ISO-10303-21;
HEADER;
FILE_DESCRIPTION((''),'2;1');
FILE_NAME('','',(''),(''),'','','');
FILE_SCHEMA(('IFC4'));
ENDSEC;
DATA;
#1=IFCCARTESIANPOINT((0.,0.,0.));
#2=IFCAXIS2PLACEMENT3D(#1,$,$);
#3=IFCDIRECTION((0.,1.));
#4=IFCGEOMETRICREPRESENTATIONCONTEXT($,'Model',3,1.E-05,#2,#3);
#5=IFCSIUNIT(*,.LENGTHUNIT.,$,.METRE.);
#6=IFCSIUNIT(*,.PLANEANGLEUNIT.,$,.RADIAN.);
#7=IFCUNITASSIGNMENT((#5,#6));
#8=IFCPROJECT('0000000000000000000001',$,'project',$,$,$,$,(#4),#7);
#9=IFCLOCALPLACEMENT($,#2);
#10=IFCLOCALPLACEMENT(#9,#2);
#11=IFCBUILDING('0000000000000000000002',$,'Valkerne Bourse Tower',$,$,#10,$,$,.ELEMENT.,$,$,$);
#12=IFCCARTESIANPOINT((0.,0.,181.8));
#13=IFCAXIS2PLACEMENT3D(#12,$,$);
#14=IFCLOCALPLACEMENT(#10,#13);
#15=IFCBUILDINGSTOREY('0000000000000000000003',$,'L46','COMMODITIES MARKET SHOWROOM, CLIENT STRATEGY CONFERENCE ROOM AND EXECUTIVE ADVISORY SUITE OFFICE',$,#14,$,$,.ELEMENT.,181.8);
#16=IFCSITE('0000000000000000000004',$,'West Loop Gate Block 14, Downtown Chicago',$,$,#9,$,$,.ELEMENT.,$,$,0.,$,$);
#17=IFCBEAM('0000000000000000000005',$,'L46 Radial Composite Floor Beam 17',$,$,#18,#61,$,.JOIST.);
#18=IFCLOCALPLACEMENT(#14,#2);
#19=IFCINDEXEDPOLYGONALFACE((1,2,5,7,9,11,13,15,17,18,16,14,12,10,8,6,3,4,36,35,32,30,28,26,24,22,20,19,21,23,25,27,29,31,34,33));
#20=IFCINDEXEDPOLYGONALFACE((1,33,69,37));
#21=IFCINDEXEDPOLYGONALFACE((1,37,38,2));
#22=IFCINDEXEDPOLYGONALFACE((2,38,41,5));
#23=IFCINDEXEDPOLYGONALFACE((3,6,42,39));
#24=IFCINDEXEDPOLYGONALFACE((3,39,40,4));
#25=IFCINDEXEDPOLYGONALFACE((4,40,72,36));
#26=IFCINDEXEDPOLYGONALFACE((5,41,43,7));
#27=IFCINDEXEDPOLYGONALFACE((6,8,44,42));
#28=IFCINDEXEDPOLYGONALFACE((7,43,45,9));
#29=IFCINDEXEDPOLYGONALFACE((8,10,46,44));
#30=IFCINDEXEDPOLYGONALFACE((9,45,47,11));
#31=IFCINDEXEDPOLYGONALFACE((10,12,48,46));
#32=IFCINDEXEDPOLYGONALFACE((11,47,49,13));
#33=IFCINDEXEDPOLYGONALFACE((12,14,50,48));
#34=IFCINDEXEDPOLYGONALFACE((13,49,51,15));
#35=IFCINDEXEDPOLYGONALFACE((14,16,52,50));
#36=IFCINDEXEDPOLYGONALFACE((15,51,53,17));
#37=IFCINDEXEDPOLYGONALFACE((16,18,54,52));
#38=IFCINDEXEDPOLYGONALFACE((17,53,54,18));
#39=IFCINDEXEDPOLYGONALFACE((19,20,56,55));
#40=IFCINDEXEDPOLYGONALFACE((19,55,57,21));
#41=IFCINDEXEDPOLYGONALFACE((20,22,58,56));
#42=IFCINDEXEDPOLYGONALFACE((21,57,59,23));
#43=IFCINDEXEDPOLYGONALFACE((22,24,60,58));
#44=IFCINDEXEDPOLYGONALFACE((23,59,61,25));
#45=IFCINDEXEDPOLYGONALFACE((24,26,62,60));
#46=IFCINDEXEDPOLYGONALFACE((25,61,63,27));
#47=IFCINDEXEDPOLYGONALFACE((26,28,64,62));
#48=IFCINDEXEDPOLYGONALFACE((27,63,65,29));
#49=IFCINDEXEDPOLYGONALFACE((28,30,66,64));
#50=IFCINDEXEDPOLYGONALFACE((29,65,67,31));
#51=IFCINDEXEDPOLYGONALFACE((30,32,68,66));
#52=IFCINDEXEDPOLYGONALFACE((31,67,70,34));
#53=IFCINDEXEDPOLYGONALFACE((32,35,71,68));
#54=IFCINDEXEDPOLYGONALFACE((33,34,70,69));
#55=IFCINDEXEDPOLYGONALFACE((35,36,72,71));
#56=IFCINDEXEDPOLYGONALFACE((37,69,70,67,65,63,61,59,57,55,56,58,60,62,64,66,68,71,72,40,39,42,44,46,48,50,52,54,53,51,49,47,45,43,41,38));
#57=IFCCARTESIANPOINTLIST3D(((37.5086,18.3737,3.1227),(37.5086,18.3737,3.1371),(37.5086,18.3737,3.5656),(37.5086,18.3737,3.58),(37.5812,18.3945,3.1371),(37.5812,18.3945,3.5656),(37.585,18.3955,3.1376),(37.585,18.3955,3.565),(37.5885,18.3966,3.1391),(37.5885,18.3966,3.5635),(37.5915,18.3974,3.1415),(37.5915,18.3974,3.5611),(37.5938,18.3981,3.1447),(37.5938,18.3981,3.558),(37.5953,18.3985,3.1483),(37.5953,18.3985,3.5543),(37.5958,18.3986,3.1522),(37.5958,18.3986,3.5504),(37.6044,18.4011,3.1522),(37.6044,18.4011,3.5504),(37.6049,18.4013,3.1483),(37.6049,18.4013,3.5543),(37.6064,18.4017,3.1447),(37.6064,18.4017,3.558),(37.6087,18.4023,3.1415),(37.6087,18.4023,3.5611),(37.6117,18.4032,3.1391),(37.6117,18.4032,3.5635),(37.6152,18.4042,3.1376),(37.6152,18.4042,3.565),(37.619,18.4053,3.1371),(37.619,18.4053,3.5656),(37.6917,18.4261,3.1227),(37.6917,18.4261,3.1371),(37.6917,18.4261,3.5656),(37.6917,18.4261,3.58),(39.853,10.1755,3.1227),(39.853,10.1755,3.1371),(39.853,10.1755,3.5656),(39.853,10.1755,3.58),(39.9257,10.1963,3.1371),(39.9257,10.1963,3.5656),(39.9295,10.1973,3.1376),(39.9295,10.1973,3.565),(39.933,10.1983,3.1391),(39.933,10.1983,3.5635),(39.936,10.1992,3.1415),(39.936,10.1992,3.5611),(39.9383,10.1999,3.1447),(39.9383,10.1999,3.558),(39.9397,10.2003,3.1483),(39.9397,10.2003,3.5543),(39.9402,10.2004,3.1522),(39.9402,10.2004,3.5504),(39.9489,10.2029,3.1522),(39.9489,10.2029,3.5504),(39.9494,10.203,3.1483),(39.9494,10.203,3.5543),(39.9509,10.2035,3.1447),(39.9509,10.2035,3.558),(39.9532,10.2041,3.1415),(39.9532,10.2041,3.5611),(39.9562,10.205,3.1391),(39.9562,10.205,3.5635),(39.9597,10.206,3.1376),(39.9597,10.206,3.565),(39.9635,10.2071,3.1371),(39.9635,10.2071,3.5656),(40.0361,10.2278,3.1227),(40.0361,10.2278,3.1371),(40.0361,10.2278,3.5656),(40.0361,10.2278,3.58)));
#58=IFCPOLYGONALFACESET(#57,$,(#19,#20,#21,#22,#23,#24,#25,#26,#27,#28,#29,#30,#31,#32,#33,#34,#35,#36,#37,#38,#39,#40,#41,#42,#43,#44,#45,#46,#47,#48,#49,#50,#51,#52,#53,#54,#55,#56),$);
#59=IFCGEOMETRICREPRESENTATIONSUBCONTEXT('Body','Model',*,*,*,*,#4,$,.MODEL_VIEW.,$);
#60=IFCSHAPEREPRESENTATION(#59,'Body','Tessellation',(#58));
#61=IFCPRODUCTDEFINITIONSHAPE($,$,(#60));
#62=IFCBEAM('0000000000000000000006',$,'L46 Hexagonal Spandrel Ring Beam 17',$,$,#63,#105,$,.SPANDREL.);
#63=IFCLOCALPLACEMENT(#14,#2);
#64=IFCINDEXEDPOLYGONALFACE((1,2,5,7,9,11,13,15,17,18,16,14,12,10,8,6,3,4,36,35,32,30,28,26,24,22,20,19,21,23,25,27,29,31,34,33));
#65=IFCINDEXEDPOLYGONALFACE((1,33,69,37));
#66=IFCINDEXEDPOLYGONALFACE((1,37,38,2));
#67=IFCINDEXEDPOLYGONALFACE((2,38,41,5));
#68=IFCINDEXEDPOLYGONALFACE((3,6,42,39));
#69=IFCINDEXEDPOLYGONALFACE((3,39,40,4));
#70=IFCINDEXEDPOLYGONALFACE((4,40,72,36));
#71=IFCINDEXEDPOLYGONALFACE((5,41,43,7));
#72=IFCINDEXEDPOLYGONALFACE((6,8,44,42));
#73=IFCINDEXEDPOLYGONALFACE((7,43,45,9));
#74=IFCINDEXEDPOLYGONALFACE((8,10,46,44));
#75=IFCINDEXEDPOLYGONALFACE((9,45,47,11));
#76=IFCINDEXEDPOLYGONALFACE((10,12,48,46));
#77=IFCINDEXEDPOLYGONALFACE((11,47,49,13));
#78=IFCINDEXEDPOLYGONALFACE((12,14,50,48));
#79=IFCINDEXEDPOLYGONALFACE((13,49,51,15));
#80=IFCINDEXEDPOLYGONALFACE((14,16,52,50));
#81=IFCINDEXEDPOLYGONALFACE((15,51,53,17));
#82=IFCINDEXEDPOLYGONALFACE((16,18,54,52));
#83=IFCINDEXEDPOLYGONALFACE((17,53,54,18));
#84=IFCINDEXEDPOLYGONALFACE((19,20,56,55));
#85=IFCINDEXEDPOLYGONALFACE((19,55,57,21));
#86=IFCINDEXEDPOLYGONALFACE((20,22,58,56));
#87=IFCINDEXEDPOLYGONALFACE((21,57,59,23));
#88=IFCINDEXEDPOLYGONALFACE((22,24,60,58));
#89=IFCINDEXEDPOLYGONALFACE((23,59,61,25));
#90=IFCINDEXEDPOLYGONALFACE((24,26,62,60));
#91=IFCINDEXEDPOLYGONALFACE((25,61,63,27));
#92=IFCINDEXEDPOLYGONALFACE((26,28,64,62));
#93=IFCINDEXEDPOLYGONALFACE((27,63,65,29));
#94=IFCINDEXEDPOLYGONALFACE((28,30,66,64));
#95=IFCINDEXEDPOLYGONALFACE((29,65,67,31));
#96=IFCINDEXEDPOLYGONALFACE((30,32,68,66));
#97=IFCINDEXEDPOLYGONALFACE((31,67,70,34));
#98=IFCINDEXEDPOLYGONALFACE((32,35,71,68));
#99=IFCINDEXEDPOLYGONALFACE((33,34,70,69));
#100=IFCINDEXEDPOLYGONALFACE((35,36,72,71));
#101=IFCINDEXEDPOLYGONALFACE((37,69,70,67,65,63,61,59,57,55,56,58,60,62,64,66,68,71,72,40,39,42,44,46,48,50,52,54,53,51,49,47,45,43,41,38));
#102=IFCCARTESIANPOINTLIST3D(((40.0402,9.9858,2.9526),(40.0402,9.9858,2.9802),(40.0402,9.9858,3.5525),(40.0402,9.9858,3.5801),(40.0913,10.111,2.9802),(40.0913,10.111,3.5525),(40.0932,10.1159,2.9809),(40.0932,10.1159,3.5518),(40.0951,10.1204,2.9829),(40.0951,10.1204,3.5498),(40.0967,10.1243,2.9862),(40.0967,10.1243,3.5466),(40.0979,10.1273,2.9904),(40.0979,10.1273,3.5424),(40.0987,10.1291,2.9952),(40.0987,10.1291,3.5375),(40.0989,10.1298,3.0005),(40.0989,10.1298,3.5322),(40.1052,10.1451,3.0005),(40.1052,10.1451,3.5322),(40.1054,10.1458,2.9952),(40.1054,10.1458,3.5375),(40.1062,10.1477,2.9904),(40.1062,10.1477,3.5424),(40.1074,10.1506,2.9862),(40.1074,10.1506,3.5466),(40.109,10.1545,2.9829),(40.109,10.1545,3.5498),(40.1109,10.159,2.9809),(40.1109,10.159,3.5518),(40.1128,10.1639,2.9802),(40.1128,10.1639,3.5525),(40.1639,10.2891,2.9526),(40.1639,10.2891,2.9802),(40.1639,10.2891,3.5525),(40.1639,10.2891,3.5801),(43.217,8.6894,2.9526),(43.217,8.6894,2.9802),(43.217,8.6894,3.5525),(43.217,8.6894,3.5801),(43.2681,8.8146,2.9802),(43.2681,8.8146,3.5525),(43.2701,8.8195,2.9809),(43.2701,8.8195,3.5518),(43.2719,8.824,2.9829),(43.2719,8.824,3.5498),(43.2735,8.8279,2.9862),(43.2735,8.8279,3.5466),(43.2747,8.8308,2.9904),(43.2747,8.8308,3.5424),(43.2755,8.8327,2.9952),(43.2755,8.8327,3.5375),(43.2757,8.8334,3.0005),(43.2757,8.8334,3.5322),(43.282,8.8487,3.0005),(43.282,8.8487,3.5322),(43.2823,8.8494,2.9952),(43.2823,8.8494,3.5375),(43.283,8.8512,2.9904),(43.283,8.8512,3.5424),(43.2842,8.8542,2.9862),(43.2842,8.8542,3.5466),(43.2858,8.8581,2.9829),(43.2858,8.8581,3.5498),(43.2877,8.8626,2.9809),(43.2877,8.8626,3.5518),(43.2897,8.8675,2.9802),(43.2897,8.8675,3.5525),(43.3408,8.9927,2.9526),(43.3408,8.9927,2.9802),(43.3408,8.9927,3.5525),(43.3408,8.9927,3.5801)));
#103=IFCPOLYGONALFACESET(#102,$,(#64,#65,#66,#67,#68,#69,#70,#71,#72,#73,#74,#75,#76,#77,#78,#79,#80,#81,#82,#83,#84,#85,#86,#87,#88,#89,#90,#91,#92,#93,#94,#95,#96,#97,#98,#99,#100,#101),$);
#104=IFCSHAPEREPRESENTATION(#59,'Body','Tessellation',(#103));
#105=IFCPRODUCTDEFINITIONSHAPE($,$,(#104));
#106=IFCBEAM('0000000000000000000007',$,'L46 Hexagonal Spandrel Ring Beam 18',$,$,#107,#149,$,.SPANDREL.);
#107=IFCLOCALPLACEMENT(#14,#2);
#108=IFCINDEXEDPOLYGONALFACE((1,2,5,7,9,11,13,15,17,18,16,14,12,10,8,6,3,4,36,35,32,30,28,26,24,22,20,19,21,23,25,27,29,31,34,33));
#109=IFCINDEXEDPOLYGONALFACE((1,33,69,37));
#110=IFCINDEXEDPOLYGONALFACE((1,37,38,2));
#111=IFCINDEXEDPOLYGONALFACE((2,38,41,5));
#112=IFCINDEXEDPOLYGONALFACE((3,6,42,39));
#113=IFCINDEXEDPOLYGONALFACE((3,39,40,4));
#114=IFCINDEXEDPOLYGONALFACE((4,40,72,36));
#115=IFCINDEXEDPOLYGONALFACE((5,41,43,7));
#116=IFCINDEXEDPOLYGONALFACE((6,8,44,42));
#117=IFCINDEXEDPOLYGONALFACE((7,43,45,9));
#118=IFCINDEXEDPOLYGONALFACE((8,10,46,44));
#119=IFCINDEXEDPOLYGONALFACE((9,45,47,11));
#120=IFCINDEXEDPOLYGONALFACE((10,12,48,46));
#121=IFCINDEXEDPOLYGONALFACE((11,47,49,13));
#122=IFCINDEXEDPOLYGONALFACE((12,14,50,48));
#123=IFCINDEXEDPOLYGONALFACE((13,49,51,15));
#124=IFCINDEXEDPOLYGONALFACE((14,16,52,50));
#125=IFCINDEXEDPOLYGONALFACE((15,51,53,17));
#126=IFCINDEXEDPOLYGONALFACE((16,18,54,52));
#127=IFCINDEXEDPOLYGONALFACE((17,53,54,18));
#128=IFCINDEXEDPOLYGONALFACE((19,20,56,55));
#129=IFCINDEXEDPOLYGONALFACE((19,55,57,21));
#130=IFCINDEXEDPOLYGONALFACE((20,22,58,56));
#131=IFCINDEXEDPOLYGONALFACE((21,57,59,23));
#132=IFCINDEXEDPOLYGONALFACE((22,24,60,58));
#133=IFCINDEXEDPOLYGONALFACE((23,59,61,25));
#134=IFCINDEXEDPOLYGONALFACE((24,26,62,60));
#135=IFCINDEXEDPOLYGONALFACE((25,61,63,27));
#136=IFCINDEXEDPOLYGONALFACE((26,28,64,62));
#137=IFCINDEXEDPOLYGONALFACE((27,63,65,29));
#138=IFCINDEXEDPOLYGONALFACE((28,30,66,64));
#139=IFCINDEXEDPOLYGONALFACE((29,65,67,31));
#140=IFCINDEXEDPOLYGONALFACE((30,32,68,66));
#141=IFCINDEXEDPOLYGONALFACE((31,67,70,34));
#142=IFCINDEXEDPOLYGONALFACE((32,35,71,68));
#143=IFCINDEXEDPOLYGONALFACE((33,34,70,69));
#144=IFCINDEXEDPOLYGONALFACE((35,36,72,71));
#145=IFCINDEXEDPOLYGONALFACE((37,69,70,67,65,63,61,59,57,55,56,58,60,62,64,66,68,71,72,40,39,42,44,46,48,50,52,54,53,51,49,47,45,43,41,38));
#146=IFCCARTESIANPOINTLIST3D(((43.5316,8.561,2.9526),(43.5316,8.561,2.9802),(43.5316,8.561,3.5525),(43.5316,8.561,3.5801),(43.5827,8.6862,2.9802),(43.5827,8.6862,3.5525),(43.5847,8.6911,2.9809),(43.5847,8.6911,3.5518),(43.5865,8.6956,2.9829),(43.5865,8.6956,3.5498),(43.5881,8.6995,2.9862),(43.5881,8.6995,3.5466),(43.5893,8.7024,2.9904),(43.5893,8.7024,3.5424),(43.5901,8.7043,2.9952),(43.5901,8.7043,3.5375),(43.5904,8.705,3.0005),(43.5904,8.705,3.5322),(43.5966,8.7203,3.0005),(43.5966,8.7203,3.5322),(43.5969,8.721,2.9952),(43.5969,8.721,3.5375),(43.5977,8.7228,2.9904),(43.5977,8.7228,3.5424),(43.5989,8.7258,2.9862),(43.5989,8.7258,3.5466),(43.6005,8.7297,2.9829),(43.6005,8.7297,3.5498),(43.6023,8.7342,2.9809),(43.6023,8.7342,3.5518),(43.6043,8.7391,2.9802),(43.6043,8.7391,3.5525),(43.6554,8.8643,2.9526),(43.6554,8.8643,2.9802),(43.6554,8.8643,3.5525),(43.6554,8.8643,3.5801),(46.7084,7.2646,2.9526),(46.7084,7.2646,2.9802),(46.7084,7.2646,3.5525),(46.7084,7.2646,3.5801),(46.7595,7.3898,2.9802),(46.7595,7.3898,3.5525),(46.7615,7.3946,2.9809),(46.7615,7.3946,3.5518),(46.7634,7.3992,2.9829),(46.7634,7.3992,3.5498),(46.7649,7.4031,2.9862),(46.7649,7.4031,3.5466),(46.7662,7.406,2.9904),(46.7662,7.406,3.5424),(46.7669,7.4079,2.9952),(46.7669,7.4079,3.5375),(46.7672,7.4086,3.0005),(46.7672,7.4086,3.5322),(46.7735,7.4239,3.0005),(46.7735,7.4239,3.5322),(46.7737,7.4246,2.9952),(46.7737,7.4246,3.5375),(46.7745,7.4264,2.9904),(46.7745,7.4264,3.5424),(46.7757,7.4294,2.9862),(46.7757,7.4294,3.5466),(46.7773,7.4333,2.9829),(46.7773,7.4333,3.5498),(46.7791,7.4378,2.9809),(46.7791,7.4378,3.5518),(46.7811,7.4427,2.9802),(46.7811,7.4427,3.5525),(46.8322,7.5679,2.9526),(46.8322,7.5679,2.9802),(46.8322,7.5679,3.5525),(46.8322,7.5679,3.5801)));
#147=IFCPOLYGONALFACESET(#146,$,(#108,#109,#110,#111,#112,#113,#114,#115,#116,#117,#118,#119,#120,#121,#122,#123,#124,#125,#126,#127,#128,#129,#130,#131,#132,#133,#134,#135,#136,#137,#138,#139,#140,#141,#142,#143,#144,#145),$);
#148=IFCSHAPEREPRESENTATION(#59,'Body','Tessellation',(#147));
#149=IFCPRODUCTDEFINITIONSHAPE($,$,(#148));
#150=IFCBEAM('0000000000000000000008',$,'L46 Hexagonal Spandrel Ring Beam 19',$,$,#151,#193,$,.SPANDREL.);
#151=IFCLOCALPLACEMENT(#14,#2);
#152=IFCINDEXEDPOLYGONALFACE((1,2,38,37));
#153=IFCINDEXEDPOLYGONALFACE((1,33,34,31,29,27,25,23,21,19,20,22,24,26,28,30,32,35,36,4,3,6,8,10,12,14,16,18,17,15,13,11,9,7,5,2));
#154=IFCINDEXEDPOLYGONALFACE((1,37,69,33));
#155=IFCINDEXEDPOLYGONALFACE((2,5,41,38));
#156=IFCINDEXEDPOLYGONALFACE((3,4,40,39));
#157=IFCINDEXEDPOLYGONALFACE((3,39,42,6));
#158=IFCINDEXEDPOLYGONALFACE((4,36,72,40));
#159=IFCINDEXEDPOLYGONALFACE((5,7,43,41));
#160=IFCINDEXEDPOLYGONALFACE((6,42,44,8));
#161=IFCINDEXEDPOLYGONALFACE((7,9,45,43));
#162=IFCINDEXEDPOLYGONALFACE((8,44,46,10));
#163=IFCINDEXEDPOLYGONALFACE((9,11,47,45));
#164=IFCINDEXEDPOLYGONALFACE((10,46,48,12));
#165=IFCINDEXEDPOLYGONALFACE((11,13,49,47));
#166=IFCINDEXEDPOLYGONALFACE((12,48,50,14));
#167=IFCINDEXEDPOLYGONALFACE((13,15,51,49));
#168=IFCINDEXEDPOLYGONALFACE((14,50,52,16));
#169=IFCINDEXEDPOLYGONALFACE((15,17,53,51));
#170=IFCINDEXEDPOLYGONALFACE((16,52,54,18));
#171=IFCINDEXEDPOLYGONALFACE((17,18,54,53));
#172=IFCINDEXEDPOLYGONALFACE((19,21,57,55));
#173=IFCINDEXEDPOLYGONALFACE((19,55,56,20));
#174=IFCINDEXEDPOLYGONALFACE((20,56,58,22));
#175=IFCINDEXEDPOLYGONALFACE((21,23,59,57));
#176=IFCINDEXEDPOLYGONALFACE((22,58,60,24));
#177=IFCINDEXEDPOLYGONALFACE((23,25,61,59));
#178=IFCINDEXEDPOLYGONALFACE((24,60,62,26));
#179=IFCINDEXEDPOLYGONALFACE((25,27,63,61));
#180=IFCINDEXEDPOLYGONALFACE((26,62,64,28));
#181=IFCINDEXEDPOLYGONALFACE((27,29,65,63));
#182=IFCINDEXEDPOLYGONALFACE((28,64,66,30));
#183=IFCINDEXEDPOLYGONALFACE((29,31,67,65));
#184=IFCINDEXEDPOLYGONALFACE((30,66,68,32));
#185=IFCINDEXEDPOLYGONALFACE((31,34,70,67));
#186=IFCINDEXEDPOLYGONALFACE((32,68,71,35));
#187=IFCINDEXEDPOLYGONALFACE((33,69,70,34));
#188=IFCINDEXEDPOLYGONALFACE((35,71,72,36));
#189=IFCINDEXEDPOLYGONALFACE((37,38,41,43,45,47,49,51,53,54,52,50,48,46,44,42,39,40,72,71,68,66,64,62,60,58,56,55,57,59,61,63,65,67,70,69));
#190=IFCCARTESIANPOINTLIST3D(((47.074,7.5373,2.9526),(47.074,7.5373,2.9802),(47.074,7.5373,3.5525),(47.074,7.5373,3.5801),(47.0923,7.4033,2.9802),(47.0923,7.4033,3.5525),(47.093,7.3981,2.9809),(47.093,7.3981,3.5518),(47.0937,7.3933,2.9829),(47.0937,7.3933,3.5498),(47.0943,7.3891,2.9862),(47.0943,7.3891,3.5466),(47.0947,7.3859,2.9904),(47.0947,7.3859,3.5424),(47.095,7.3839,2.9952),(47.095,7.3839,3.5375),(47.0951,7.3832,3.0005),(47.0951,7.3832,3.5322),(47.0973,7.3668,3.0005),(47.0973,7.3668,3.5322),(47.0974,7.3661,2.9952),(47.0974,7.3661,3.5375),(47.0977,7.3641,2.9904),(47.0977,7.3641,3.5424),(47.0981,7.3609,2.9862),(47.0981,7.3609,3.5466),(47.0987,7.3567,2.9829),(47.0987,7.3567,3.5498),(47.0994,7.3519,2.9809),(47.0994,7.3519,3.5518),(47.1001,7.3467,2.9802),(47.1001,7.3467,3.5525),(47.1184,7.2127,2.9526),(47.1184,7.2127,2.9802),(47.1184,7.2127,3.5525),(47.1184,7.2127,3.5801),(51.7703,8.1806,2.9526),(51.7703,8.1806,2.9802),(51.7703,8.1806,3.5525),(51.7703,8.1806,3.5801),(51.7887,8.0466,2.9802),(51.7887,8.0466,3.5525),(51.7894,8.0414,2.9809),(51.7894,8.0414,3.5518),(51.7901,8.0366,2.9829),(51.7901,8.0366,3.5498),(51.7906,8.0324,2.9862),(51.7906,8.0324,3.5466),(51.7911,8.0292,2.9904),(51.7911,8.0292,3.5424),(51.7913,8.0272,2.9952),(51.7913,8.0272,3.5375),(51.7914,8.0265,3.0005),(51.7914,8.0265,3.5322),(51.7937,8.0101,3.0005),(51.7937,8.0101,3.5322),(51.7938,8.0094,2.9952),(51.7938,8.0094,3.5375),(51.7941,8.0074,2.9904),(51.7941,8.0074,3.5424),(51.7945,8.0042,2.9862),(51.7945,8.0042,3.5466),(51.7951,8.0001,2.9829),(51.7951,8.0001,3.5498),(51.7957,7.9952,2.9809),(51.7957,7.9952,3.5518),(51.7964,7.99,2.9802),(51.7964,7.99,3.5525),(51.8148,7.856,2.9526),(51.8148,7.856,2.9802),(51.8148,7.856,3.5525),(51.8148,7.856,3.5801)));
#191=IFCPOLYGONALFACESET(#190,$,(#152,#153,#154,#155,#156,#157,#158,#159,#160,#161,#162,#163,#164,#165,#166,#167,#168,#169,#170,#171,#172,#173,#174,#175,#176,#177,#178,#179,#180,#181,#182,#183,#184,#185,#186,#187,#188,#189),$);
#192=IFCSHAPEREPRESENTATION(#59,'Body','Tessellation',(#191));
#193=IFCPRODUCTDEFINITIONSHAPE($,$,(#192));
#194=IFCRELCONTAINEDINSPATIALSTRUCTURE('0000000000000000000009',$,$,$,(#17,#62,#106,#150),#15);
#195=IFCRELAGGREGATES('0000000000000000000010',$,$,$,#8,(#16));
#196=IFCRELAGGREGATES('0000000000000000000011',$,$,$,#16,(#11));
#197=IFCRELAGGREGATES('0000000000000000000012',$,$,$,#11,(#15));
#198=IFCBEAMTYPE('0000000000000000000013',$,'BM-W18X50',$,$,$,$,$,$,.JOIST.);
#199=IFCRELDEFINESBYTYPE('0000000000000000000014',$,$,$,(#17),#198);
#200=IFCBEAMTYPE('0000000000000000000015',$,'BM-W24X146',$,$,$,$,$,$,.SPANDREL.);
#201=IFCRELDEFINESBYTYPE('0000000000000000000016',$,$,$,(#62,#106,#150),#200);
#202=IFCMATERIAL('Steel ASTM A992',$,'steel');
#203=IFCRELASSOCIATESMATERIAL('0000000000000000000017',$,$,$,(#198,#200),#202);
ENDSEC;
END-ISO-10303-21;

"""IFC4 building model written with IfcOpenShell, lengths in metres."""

from ifc_helpers import new_model, si_unit, direction, frame, origin, origin_2d, place, context, subcontext, project, spatial, i_section, extrude, material, material_profile, profile_set, type_object, element, save


model = new_model("IFC4")

# Units and contexts
model_context = context("Model", 3, precision=1e-05, world=origin(), true_north=direction((0.0, 1.0)))
body_context = subcontext(model_context, "Body", "Model", "MODEL_VIEW")
ifc_project = project(units=[si_unit("LENGTHUNIT", "METRE"), si_unit("PLANEANGLEUNIT", "RADIAN")], contexts=[model_context])

# Site, building, storey
site_placement = place(None, origin())
site = spatial("IfcSite", under=ifc_project, at=site_placement, Name="West Loop Gate Block 14, Downtown Chicago", CompositionType="ELEMENT", RefElevation=0.0)
building_placement = place(site_placement, origin())
building = spatial("IfcBuilding", under=site, at=building_placement, Name="Valkerne Bourse Tower", CompositionType="ELEMENT")
storey_placement = place(building_placement, frame((0.0, 0.0, 181.8)))
storey = spatial("IfcBuildingStorey", under=building, at=storey_placement, Name="L46", Description="COMMODITIES MARKET SHOWROOM, CLIENT STRATEGY CONFERENCE ROOM AND EXECUTIVE ADVISORY SUITE OFFICE", CompositionType="ELEMENT", Elevation=181.8)

# Beams
ifc_material_1 = material(Name="Steel ASTM A992", Category="steel")
ifc_material_profile_1 = material_profile(ifc_material_1, i_section(OverallWidth=0.1904, OverallDepth=0.4573, WebThickness=0.009, FlangeThickness=0.0144, FilletRadius=0.0151, at=origin_2d()), Name="W18X50")
ifc_profile_set_1 = profile_set([ifc_material_profile_1], Name="Steel ASTM A992")
beam_type_1 = type_object("IfcBeamType", Name="BM-W18X50", PredefinedType="JOIST", material=ifc_profile_set_1)
beam_1_placement = place(storey_placement, frame((39.9446, 10.2017, 3.3513), z_axis=(-0.274952, 0.961458, 0.0), x_axis=(-0.961458, -0.274952, 0.0)))
element("IfcBeam", 1, at=beam_1_placement, inside=storey, type_object=beam_type_1, Name="L46 Radial Composite Floor Beam 17", PredefinedType="JOIST", context=body_context, shape_type="SweptSolid", body=[
    extrude(i_section(OverallWidth=0.1904, OverallDepth=0.4573, WebThickness=0.009, FlangeThickness=0.0144, FilletRadius=0.0151, at=origin_2d()), origin(), (0.0, 0.0, 1.0), 8.5269),
])
ifc_material_profile_2 = material_profile(ifc_material_1, i_section(OverallWidth=0.3276, OverallDepth=0.6274, WebThickness=0.0166, FlangeThickness=0.0276, FilletRadius=0.0203, at=origin_2d()), Name="W24X146")
ifc_profile_set_2 = profile_set([ifc_material_profile_2], Name="Steel ASTM A992")
beam_type_2 = type_object("IfcBeamType", Name="BM-W24X146", PredefinedType="SPANDREL", material=ifc_profile_set_2)
for number, where, z_axis, x_axis, name in (
    (2, (40.1021, 10.1375, 3.2664), (0.925873, -0.377835, 0.0), (0.377835, 0.925873, 0.0), "L46 Hexagonal Spandrel Ring Beam 17"),
    (3, (43.5935, 8.7126, 3.2664), (0.925873, -0.377835, 0.0), (0.377835, 0.925873, 0.0), "L46 Hexagonal Spandrel Ring Beam 18"),
):
    element("IfcBeam", number, at=place(storey_placement, frame(where, z_axis=z_axis, x_axis=x_axis)), inside=storey, type_object=beam_type_2, Name=name, PredefinedType="SPANDREL", context=body_context, shape_type="SweptSolid", body=[
        extrude(i_section(OverallWidth=0.3276, OverallDepth=0.6274, WebThickness=0.0166, FlangeThickness=0.0276, FilletRadius=0.0203, at=origin_2d()), origin(), (0.0, 0.0, 1.0), 3.4312),
    ])
beam_2_placement = place(storey_placement, frame((47.0962, 7.375, 3.2664), z_axis=(0.990748, 0.135715, 0.0), x_axis=(-0.135715, 0.990748, 0.0)))
element("IfcBeam", 4, at=beam_2_placement, inside=storey, type_object=beam_type_2, Name="L46 Hexagonal Spandrel Ring Beam 19", PredefinedType="SPANDREL", context=body_context, shape_type="SweptSolid", body=[
    extrude(i_section(OverallWidth=0.3276, OverallDepth=0.6274, WebThickness=0.0166, FlangeThickness=0.0276, FilletRadius=0.0203, at=origin_2d()), origin(), (0.0, 0.0, 1.0), 4.7402),
])

save(model, "model.ifc")
